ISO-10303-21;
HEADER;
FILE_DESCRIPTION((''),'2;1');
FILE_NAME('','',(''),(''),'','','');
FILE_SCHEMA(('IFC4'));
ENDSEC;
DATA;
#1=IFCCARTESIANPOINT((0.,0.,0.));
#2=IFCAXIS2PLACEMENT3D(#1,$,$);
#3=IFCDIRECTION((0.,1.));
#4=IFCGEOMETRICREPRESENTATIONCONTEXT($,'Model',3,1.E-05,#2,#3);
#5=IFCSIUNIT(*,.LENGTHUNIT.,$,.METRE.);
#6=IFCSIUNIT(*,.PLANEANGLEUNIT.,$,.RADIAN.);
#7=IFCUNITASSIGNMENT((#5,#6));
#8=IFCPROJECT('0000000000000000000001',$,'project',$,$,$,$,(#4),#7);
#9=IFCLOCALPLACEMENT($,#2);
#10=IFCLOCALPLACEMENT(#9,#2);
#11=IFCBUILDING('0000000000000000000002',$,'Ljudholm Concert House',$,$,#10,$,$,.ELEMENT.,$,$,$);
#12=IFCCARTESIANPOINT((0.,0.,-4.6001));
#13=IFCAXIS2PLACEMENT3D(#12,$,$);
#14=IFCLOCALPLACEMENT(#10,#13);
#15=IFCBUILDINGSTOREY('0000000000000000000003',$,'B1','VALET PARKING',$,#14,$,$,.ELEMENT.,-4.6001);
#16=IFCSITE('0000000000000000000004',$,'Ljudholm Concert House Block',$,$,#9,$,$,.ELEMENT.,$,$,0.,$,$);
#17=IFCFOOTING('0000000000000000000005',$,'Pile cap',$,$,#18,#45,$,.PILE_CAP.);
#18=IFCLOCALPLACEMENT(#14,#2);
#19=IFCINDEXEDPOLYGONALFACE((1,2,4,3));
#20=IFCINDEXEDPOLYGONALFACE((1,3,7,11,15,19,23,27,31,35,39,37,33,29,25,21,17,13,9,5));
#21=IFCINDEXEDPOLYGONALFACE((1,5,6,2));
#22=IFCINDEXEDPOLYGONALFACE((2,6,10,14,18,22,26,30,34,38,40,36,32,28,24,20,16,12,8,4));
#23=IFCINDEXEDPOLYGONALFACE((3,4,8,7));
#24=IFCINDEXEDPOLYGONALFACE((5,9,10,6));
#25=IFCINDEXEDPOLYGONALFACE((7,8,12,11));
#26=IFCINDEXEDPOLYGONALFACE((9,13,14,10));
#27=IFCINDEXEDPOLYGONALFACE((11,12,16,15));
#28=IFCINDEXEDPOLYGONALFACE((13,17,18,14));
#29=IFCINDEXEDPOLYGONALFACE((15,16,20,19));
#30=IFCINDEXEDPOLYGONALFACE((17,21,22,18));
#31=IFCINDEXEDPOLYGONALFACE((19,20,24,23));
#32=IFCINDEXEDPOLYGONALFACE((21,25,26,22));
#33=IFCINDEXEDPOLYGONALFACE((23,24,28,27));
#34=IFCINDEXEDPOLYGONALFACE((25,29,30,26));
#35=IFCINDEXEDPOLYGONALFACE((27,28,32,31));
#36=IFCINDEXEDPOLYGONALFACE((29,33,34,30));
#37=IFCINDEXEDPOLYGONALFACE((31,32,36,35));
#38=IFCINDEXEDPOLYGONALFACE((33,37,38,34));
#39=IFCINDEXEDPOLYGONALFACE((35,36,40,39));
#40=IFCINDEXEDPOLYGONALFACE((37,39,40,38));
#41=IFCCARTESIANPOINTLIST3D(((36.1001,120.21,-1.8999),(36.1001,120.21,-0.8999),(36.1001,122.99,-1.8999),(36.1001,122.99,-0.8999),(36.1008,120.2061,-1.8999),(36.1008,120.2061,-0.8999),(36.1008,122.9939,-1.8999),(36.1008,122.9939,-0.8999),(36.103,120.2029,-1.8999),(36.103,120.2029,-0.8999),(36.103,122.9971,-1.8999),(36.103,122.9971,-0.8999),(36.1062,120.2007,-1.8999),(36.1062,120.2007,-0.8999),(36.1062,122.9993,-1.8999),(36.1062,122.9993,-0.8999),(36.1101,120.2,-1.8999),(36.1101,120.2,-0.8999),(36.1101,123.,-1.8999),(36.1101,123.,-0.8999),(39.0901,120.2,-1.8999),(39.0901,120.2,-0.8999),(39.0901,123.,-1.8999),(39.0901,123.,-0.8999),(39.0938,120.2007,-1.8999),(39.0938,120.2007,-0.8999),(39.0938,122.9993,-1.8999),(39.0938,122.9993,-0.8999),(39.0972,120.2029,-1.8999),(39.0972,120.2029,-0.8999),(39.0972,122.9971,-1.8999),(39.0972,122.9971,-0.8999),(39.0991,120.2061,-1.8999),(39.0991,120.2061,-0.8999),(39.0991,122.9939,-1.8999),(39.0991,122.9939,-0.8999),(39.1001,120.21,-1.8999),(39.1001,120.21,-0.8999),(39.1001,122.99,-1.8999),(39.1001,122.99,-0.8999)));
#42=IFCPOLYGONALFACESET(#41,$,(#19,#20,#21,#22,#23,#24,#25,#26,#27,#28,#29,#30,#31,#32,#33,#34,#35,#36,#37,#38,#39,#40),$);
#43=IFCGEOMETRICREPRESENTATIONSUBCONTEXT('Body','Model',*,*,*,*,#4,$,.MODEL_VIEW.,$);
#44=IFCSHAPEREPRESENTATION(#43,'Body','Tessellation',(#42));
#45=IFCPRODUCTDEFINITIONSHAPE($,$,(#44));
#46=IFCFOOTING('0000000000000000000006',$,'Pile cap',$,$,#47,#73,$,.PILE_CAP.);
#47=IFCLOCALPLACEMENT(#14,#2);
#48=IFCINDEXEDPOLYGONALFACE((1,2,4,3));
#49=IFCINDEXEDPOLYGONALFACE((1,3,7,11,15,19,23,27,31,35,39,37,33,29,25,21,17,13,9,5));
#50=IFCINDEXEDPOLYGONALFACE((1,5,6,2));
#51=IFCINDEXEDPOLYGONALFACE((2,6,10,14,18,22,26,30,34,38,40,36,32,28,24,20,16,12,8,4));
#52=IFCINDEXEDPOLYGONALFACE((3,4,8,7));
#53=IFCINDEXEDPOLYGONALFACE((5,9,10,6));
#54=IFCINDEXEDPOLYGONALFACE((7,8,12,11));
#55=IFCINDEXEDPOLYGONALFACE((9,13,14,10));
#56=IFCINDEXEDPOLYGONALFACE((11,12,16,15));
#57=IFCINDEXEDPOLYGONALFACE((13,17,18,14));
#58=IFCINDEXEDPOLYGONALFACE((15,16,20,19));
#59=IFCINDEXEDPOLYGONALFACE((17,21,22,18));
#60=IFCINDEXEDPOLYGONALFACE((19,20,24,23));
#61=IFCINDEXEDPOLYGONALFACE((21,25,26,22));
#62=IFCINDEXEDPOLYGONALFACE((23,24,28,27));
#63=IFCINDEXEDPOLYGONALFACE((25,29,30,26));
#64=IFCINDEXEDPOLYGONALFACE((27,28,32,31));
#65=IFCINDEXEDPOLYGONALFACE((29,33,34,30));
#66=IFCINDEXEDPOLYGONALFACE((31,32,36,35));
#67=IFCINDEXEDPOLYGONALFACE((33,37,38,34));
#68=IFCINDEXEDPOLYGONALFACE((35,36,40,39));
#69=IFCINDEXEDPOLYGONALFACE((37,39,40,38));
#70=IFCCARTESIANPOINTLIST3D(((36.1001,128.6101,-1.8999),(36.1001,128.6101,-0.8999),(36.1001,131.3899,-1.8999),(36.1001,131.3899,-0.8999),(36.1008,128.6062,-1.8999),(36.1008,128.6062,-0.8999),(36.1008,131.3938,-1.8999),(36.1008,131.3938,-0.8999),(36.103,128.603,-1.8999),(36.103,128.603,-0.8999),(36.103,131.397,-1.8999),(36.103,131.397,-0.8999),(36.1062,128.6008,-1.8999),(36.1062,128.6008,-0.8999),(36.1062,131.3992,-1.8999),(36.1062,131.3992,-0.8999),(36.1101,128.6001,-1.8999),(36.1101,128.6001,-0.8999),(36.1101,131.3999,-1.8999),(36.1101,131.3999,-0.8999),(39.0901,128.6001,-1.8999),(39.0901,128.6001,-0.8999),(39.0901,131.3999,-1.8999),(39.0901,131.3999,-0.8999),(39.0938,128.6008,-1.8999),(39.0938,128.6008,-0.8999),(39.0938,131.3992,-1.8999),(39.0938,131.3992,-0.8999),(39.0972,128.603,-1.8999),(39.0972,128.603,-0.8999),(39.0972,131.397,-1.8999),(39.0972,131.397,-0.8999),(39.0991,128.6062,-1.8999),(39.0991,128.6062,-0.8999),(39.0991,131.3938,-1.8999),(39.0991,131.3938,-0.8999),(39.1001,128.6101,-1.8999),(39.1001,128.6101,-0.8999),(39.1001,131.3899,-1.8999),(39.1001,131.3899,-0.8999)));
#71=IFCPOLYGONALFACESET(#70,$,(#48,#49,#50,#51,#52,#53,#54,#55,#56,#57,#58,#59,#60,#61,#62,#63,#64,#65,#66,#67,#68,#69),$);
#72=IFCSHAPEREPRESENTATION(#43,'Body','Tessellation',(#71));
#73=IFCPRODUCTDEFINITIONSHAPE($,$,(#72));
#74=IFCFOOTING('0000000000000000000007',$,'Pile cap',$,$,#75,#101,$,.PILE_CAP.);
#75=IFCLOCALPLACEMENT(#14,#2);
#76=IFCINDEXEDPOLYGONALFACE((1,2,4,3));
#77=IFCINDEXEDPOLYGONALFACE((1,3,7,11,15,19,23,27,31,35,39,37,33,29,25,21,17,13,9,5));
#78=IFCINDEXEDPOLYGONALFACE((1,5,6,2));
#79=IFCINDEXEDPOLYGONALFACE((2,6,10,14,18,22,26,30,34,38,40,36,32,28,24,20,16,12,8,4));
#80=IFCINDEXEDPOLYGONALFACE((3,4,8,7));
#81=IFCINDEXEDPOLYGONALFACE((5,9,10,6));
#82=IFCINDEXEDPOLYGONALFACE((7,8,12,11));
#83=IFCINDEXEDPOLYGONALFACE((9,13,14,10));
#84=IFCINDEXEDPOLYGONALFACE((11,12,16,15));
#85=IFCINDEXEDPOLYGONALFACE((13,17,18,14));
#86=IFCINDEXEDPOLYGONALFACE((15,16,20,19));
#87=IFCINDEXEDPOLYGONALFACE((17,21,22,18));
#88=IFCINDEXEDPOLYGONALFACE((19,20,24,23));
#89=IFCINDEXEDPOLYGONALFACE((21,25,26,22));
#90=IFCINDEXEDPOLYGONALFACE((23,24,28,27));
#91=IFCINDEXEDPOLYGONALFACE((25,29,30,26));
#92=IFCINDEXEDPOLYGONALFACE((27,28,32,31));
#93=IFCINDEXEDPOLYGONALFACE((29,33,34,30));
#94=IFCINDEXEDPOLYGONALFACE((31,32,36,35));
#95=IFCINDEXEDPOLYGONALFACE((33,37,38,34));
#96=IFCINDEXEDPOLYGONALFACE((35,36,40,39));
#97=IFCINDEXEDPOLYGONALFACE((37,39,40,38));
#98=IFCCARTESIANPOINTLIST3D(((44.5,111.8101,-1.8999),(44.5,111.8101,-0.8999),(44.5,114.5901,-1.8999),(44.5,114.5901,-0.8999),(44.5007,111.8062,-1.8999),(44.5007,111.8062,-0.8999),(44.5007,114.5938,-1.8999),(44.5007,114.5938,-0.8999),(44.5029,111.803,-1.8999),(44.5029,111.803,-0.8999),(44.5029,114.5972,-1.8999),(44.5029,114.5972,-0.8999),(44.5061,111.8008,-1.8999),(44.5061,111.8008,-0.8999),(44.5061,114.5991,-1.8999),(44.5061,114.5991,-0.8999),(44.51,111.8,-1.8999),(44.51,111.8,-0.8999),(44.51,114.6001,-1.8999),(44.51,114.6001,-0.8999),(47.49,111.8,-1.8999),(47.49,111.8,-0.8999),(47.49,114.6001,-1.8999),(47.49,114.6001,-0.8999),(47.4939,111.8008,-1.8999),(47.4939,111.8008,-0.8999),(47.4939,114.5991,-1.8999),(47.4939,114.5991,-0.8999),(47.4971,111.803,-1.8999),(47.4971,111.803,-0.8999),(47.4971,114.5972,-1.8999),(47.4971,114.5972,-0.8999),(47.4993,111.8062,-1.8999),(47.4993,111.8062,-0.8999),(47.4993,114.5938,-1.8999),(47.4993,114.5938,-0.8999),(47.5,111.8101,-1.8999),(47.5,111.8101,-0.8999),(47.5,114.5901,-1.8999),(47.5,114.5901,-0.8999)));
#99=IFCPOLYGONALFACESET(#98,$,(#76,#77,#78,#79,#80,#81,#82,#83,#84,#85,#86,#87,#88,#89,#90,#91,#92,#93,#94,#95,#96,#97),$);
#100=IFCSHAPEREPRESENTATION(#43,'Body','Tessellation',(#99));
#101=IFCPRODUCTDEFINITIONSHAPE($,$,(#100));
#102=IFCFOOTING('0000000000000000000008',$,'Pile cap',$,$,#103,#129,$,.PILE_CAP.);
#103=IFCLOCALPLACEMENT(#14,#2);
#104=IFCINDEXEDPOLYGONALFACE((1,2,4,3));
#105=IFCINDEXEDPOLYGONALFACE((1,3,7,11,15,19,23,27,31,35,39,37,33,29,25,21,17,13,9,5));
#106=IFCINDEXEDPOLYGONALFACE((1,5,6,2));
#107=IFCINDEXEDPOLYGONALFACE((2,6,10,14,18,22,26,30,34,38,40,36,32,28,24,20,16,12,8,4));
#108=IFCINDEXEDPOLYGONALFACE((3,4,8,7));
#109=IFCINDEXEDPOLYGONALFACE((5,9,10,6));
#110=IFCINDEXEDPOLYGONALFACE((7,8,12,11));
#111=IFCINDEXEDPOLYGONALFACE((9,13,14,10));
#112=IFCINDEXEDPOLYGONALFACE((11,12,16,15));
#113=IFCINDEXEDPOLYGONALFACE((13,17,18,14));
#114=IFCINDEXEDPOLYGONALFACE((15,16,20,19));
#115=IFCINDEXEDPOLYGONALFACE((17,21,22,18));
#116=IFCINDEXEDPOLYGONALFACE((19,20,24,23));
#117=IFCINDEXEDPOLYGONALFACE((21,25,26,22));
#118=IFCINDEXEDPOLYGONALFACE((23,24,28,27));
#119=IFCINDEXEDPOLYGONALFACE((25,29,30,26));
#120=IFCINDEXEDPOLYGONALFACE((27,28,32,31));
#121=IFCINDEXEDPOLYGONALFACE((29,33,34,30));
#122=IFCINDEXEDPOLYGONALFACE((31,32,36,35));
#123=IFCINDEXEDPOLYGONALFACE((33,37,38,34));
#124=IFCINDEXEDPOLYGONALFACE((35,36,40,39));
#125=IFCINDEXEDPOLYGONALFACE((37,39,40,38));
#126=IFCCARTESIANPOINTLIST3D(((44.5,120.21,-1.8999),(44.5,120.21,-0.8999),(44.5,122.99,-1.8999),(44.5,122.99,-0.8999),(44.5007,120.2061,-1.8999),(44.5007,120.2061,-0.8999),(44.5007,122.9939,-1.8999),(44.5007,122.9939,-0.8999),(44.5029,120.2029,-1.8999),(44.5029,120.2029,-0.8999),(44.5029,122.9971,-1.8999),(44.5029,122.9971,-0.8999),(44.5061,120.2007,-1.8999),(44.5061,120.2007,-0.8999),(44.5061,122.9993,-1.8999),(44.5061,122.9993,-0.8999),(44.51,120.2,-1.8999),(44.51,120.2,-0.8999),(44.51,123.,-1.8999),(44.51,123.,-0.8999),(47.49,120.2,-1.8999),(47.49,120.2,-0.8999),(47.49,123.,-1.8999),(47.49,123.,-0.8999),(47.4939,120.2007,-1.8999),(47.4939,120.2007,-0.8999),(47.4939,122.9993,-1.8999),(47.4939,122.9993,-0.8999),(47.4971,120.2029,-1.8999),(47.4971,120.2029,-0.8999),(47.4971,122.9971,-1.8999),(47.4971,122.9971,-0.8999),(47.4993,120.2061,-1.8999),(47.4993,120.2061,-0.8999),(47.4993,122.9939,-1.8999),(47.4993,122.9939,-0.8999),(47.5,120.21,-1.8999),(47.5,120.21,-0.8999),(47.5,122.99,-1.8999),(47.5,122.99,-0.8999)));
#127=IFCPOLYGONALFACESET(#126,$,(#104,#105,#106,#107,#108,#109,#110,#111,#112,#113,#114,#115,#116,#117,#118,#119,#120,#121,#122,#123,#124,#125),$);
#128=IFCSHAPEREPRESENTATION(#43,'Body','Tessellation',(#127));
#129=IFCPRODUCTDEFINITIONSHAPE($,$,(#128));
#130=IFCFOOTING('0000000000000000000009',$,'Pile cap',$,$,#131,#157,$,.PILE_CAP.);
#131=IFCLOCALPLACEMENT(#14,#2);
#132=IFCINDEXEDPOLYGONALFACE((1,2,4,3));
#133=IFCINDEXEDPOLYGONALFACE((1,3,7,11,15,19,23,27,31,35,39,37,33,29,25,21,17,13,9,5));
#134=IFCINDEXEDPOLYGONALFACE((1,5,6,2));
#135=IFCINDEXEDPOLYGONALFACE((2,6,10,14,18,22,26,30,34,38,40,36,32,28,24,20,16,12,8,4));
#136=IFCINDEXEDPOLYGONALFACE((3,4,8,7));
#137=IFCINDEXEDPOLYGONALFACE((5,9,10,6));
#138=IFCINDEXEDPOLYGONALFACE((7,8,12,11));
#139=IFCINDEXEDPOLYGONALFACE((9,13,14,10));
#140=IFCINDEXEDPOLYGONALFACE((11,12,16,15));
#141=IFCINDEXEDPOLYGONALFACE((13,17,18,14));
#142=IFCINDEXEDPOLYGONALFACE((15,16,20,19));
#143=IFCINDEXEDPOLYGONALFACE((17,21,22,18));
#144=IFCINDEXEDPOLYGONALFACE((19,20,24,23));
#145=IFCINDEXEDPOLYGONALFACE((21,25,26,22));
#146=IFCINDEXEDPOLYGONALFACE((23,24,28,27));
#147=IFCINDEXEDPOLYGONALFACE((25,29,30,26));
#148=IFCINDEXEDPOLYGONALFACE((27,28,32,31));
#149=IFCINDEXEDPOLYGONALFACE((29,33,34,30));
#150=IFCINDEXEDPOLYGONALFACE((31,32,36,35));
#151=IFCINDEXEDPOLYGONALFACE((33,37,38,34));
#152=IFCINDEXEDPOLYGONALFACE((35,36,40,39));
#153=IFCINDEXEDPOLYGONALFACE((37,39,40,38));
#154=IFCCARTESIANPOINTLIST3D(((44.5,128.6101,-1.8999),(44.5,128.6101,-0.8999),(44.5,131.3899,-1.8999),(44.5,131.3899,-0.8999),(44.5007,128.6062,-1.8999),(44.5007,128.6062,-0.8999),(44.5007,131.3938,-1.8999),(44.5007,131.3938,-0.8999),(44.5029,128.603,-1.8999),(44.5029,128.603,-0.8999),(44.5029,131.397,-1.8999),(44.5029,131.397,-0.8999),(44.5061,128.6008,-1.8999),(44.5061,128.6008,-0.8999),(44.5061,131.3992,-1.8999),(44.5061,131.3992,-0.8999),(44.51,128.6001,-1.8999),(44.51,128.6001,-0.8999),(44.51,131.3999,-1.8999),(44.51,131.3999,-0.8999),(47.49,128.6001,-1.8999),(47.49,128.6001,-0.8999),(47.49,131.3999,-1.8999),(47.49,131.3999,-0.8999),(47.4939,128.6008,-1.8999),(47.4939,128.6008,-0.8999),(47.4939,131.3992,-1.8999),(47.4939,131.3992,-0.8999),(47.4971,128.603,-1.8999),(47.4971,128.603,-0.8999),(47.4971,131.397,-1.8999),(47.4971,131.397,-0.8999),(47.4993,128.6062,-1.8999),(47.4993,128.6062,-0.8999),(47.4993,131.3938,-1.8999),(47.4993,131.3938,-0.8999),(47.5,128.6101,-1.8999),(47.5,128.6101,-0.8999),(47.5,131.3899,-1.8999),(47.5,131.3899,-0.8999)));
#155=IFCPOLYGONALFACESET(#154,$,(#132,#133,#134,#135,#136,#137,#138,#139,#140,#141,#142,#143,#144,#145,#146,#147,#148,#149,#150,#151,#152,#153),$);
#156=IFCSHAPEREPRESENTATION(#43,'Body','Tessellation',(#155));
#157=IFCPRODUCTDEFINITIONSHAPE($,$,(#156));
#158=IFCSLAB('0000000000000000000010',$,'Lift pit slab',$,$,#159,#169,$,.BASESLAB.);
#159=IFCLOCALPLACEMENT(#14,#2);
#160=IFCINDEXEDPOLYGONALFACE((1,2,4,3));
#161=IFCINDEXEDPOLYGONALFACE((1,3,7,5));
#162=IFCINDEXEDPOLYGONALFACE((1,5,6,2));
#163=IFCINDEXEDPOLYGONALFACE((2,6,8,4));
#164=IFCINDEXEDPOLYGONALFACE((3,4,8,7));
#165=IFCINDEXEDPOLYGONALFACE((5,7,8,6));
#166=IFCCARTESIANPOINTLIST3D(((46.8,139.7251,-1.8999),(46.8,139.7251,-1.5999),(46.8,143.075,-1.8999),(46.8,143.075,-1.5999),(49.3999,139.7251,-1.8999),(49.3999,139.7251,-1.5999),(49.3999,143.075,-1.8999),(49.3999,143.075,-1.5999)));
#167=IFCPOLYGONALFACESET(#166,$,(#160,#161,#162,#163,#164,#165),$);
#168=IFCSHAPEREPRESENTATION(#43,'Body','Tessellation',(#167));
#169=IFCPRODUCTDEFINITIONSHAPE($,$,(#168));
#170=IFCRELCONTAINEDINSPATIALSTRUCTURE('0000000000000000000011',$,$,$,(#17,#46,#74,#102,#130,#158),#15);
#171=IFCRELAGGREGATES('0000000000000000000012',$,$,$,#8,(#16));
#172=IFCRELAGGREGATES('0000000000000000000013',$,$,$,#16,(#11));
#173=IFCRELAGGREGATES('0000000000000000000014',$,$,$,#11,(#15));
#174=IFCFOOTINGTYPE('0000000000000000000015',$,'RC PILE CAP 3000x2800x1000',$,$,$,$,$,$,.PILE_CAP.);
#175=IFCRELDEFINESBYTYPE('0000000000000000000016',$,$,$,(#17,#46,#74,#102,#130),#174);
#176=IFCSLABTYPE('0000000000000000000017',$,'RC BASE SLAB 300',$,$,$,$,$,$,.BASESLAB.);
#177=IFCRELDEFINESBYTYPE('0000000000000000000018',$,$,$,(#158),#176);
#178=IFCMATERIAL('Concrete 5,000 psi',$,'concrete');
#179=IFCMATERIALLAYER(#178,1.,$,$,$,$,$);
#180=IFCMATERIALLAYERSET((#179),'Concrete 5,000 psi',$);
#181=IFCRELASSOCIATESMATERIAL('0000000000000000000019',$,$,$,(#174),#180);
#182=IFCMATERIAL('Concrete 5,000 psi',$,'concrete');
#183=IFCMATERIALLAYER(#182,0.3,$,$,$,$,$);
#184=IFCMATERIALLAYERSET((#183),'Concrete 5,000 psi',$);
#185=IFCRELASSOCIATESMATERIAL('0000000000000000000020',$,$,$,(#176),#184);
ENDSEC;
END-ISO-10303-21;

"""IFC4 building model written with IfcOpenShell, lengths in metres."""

from ifc_helpers import new_model, si_unit, direction, frame, origin, place, context, subcontext, project, spatial, polyline, outline, extrude, material, layer, layer_set, type_object, element, save


model = new_model("IFC4")

# Units and contexts
model_context = context("Model", 3, precision=1e-05, world=origin(), true_north=direction((0.0, 1.0)))
body_context = subcontext(model_context, "Body", "Model", "MODEL_VIEW")
ifc_project = project(units=[si_unit("LENGTHUNIT", "METRE"), si_unit("PLANEANGLEUNIT", "RADIAN")], contexts=[model_context])

# Site, building, storey
site_placement = place(None, origin())
site = spatial("IfcSite", under=ifc_project, at=site_placement, Name="Ljudholm Concert House Block", CompositionType="ELEMENT", RefElevation=0.0)
building_placement = place(site_placement, origin())
building = spatial("IfcBuilding", under=site, at=building_placement, Name="Ljudholm Concert House", CompositionType="ELEMENT")
storey_placement = place(building_placement, frame((0.0, 0.0, -4.6001)))
storey = spatial("IfcBuildingStorey", under=building, at=storey_placement, Name="B1", Description="VALET PARKING", CompositionType="ELEMENT", Elevation=-4.6001)

# Footings
ifc_material_1 = material(Name="Concrete 5,000 psi", Category="concrete")
ifc_layer_1 = layer(ifc_material_1, 1.0)
ifc_layer_set_1 = layer_set([ifc_layer_1], Name="Concrete 5,000 psi")
footing_type_1 = type_object("IfcFootingType", Name="RC PILE CAP 3000x2800x1000", PredefinedType="PILE_CAP", material=ifc_layer_set_1)
footing_1_placement = place(storey_placement, frame((0.0, 0.0, -1.8999)))
element("IfcFooting", 1, at=footing_1_placement, inside=storey, type_object=footing_type_1, Name="Pile cap", PredefinedType="PILE_CAP", context=body_context, shape_type="SweptSolid", body=[
    extrude(outline(polyline([(36.1101, 120.2), (39.0901, 120.2), (39.0938, 120.2007), (39.0972, 120.2029), (39.0991, 120.2061), (39.1001, 120.21), (39.1001, 122.99), (39.0991, 122.9939), (39.0972, 122.9971), (39.0938, 122.9993), (39.0901, 123.0), (36.1101, 123.0), (36.1062, 122.9993), (36.103, 122.9971), (36.1008, 122.9939), (36.1001, 122.99), (36.1001, 120.21), (36.1008, 120.2061), (36.103, 120.2029), (36.1062, 120.2007), (36.1101, 120.2)])), origin(), (0.0, 0.0, 1.0), 1.0),
])
footing_2_placement = place(storey_placement, frame((0.0, 0.0, -1.8999)))
element("IfcFooting", 2, at=footing_2_placement, inside=storey, type_object=footing_type_1, Name="Pile cap", PredefinedType="PILE_CAP", context=body_context, shape_type="SweptSolid", body=[
    extrude(outline(polyline([(36.1101, 128.6001), (39.0901, 128.6001), (39.0938, 128.6008), (39.0972, 128.603), (39.0991, 128.6062), (39.1001, 128.6101), (39.1001, 131.3899), (39.0991, 131.3938), (39.0972, 131.397), (39.0938, 131.3992), (39.0901, 131.3999), (36.1101, 131.3999), (36.1062, 131.3992), (36.103, 131.397), (36.1008, 131.3938), (36.1001, 131.3899), (36.1001, 128.6101), (36.1008, 128.6062), (36.103, 128.603), (36.1062, 128.6008), (36.1101, 128.6001)])), origin(), (0.0, 0.0, 1.0), 1.0),
])
footing_3_placement = place(storey_placement, frame((0.0, 0.0, -1.8999)))
element("IfcFooting", 3, at=footing_3_placement, inside=storey, type_object=footing_type_1, Name="Pile cap", PredefinedType="PILE_CAP", context=body_context, shape_type="SweptSolid", body=[
    extrude(outline(polyline([(44.51, 111.8), (47.49, 111.8), (47.4939, 111.8008), (47.4971, 111.803), (47.4993, 111.8062), (47.5, 111.8101), (47.5, 114.5901), (47.4993, 114.5938), (47.4971, 114.5972), (47.4939, 114.5991), (47.49, 114.6001), (44.51, 114.6001), (44.5061, 114.5991), (44.5029, 114.5972), (44.5007, 114.5938), (44.5, 114.5901), (44.5, 111.8101), (44.5007, 111.8062), (44.5029, 111.803), (44.5061, 111.8008), (44.51, 111.8)])), origin(), (0.0, 0.0, 1.0), 1.0),
])
footing_4_placement = place(storey_placement, frame((0.0, 0.0, -1.8999)))
element("IfcFooting", 4, at=footing_4_placement, inside=storey, type_object=footing_type_1, Name="Pile cap", PredefinedType="PILE_CAP", context=body_context, shape_type="SweptSolid", body=[
    extrude(outline(polyline([(44.51, 120.2), (47.49, 120.2), (47.4939, 120.2007), (47.4971, 120.2029), (47.4993, 120.2061), (47.5, 120.21), (47.5, 122.99), (47.4993, 122.9939), (47.4971, 122.9971), (47.4939, 122.9993), (47.49, 123.0), (44.51, 123.0), (44.5061, 122.9993), (44.5029, 122.9971), (44.5007, 122.9939), (44.5, 122.99), (44.5, 120.21), (44.5007, 120.2061), (44.5029, 120.2029), (44.5061, 120.2007), (44.51, 120.2)])), origin(), (0.0, 0.0, 1.0), 1.0),
])
footing_5_placement = place(storey_placement, frame((0.0, 0.0, -1.8999)))
element("IfcFooting", 5, at=footing_5_placement, inside=storey, type_object=footing_type_1, Name="Pile cap", PredefinedType="PILE_CAP", context=body_context, shape_type="SweptSolid", body=[
    extrude(outline(polyline([(44.51, 128.6001), (47.49, 128.6001), (47.4939, 128.6008), (47.4971, 128.603), (47.4993, 128.6062), (47.5, 128.6101), (47.5, 131.3899), (47.4993, 131.3938), (47.4971, 131.397), (47.4939, 131.3992), (47.49, 131.3999), (44.51, 131.3999), (44.5061, 131.3992), (44.5029, 131.397), (44.5007, 131.3938), (44.5, 131.3899), (44.5, 128.6101), (44.5007, 128.6062), (44.5029, 128.603), (44.5061, 128.6008), (44.51, 128.6001)])), origin(), (0.0, 0.0, 1.0), 1.0),
])

# Slab
ifc_material_2 = material(Name="Concrete 5,000 psi", Category="concrete")
ifc_layer_2 = layer(ifc_material_2, 0.3)
ifc_layer_set_2 = layer_set([ifc_layer_2], Name="Concrete 5,000 psi")
slab_type = type_object("IfcSlabType", Name="RC BASE SLAB 300", PredefinedType="BASESLAB", material=ifc_layer_set_2)
slab_placement = place(storey_placement, frame((0.0, 0.0, -1.8999)))
element("IfcSlab", 6, at=slab_placement, inside=storey, type_object=slab_type, Name="Lift pit slab", PredefinedType="BASESLAB", context=body_context, shape_type="SweptSolid", body=[
    extrude(outline(polyline([(46.8, 139.7251), (49.3999, 139.7251), (49.3999, 143.075), (46.8, 143.075), (46.8, 139.7251)])), origin(), (0.0, 0.0, 1.0), 0.3),
])

save(model, "model.ifc")
